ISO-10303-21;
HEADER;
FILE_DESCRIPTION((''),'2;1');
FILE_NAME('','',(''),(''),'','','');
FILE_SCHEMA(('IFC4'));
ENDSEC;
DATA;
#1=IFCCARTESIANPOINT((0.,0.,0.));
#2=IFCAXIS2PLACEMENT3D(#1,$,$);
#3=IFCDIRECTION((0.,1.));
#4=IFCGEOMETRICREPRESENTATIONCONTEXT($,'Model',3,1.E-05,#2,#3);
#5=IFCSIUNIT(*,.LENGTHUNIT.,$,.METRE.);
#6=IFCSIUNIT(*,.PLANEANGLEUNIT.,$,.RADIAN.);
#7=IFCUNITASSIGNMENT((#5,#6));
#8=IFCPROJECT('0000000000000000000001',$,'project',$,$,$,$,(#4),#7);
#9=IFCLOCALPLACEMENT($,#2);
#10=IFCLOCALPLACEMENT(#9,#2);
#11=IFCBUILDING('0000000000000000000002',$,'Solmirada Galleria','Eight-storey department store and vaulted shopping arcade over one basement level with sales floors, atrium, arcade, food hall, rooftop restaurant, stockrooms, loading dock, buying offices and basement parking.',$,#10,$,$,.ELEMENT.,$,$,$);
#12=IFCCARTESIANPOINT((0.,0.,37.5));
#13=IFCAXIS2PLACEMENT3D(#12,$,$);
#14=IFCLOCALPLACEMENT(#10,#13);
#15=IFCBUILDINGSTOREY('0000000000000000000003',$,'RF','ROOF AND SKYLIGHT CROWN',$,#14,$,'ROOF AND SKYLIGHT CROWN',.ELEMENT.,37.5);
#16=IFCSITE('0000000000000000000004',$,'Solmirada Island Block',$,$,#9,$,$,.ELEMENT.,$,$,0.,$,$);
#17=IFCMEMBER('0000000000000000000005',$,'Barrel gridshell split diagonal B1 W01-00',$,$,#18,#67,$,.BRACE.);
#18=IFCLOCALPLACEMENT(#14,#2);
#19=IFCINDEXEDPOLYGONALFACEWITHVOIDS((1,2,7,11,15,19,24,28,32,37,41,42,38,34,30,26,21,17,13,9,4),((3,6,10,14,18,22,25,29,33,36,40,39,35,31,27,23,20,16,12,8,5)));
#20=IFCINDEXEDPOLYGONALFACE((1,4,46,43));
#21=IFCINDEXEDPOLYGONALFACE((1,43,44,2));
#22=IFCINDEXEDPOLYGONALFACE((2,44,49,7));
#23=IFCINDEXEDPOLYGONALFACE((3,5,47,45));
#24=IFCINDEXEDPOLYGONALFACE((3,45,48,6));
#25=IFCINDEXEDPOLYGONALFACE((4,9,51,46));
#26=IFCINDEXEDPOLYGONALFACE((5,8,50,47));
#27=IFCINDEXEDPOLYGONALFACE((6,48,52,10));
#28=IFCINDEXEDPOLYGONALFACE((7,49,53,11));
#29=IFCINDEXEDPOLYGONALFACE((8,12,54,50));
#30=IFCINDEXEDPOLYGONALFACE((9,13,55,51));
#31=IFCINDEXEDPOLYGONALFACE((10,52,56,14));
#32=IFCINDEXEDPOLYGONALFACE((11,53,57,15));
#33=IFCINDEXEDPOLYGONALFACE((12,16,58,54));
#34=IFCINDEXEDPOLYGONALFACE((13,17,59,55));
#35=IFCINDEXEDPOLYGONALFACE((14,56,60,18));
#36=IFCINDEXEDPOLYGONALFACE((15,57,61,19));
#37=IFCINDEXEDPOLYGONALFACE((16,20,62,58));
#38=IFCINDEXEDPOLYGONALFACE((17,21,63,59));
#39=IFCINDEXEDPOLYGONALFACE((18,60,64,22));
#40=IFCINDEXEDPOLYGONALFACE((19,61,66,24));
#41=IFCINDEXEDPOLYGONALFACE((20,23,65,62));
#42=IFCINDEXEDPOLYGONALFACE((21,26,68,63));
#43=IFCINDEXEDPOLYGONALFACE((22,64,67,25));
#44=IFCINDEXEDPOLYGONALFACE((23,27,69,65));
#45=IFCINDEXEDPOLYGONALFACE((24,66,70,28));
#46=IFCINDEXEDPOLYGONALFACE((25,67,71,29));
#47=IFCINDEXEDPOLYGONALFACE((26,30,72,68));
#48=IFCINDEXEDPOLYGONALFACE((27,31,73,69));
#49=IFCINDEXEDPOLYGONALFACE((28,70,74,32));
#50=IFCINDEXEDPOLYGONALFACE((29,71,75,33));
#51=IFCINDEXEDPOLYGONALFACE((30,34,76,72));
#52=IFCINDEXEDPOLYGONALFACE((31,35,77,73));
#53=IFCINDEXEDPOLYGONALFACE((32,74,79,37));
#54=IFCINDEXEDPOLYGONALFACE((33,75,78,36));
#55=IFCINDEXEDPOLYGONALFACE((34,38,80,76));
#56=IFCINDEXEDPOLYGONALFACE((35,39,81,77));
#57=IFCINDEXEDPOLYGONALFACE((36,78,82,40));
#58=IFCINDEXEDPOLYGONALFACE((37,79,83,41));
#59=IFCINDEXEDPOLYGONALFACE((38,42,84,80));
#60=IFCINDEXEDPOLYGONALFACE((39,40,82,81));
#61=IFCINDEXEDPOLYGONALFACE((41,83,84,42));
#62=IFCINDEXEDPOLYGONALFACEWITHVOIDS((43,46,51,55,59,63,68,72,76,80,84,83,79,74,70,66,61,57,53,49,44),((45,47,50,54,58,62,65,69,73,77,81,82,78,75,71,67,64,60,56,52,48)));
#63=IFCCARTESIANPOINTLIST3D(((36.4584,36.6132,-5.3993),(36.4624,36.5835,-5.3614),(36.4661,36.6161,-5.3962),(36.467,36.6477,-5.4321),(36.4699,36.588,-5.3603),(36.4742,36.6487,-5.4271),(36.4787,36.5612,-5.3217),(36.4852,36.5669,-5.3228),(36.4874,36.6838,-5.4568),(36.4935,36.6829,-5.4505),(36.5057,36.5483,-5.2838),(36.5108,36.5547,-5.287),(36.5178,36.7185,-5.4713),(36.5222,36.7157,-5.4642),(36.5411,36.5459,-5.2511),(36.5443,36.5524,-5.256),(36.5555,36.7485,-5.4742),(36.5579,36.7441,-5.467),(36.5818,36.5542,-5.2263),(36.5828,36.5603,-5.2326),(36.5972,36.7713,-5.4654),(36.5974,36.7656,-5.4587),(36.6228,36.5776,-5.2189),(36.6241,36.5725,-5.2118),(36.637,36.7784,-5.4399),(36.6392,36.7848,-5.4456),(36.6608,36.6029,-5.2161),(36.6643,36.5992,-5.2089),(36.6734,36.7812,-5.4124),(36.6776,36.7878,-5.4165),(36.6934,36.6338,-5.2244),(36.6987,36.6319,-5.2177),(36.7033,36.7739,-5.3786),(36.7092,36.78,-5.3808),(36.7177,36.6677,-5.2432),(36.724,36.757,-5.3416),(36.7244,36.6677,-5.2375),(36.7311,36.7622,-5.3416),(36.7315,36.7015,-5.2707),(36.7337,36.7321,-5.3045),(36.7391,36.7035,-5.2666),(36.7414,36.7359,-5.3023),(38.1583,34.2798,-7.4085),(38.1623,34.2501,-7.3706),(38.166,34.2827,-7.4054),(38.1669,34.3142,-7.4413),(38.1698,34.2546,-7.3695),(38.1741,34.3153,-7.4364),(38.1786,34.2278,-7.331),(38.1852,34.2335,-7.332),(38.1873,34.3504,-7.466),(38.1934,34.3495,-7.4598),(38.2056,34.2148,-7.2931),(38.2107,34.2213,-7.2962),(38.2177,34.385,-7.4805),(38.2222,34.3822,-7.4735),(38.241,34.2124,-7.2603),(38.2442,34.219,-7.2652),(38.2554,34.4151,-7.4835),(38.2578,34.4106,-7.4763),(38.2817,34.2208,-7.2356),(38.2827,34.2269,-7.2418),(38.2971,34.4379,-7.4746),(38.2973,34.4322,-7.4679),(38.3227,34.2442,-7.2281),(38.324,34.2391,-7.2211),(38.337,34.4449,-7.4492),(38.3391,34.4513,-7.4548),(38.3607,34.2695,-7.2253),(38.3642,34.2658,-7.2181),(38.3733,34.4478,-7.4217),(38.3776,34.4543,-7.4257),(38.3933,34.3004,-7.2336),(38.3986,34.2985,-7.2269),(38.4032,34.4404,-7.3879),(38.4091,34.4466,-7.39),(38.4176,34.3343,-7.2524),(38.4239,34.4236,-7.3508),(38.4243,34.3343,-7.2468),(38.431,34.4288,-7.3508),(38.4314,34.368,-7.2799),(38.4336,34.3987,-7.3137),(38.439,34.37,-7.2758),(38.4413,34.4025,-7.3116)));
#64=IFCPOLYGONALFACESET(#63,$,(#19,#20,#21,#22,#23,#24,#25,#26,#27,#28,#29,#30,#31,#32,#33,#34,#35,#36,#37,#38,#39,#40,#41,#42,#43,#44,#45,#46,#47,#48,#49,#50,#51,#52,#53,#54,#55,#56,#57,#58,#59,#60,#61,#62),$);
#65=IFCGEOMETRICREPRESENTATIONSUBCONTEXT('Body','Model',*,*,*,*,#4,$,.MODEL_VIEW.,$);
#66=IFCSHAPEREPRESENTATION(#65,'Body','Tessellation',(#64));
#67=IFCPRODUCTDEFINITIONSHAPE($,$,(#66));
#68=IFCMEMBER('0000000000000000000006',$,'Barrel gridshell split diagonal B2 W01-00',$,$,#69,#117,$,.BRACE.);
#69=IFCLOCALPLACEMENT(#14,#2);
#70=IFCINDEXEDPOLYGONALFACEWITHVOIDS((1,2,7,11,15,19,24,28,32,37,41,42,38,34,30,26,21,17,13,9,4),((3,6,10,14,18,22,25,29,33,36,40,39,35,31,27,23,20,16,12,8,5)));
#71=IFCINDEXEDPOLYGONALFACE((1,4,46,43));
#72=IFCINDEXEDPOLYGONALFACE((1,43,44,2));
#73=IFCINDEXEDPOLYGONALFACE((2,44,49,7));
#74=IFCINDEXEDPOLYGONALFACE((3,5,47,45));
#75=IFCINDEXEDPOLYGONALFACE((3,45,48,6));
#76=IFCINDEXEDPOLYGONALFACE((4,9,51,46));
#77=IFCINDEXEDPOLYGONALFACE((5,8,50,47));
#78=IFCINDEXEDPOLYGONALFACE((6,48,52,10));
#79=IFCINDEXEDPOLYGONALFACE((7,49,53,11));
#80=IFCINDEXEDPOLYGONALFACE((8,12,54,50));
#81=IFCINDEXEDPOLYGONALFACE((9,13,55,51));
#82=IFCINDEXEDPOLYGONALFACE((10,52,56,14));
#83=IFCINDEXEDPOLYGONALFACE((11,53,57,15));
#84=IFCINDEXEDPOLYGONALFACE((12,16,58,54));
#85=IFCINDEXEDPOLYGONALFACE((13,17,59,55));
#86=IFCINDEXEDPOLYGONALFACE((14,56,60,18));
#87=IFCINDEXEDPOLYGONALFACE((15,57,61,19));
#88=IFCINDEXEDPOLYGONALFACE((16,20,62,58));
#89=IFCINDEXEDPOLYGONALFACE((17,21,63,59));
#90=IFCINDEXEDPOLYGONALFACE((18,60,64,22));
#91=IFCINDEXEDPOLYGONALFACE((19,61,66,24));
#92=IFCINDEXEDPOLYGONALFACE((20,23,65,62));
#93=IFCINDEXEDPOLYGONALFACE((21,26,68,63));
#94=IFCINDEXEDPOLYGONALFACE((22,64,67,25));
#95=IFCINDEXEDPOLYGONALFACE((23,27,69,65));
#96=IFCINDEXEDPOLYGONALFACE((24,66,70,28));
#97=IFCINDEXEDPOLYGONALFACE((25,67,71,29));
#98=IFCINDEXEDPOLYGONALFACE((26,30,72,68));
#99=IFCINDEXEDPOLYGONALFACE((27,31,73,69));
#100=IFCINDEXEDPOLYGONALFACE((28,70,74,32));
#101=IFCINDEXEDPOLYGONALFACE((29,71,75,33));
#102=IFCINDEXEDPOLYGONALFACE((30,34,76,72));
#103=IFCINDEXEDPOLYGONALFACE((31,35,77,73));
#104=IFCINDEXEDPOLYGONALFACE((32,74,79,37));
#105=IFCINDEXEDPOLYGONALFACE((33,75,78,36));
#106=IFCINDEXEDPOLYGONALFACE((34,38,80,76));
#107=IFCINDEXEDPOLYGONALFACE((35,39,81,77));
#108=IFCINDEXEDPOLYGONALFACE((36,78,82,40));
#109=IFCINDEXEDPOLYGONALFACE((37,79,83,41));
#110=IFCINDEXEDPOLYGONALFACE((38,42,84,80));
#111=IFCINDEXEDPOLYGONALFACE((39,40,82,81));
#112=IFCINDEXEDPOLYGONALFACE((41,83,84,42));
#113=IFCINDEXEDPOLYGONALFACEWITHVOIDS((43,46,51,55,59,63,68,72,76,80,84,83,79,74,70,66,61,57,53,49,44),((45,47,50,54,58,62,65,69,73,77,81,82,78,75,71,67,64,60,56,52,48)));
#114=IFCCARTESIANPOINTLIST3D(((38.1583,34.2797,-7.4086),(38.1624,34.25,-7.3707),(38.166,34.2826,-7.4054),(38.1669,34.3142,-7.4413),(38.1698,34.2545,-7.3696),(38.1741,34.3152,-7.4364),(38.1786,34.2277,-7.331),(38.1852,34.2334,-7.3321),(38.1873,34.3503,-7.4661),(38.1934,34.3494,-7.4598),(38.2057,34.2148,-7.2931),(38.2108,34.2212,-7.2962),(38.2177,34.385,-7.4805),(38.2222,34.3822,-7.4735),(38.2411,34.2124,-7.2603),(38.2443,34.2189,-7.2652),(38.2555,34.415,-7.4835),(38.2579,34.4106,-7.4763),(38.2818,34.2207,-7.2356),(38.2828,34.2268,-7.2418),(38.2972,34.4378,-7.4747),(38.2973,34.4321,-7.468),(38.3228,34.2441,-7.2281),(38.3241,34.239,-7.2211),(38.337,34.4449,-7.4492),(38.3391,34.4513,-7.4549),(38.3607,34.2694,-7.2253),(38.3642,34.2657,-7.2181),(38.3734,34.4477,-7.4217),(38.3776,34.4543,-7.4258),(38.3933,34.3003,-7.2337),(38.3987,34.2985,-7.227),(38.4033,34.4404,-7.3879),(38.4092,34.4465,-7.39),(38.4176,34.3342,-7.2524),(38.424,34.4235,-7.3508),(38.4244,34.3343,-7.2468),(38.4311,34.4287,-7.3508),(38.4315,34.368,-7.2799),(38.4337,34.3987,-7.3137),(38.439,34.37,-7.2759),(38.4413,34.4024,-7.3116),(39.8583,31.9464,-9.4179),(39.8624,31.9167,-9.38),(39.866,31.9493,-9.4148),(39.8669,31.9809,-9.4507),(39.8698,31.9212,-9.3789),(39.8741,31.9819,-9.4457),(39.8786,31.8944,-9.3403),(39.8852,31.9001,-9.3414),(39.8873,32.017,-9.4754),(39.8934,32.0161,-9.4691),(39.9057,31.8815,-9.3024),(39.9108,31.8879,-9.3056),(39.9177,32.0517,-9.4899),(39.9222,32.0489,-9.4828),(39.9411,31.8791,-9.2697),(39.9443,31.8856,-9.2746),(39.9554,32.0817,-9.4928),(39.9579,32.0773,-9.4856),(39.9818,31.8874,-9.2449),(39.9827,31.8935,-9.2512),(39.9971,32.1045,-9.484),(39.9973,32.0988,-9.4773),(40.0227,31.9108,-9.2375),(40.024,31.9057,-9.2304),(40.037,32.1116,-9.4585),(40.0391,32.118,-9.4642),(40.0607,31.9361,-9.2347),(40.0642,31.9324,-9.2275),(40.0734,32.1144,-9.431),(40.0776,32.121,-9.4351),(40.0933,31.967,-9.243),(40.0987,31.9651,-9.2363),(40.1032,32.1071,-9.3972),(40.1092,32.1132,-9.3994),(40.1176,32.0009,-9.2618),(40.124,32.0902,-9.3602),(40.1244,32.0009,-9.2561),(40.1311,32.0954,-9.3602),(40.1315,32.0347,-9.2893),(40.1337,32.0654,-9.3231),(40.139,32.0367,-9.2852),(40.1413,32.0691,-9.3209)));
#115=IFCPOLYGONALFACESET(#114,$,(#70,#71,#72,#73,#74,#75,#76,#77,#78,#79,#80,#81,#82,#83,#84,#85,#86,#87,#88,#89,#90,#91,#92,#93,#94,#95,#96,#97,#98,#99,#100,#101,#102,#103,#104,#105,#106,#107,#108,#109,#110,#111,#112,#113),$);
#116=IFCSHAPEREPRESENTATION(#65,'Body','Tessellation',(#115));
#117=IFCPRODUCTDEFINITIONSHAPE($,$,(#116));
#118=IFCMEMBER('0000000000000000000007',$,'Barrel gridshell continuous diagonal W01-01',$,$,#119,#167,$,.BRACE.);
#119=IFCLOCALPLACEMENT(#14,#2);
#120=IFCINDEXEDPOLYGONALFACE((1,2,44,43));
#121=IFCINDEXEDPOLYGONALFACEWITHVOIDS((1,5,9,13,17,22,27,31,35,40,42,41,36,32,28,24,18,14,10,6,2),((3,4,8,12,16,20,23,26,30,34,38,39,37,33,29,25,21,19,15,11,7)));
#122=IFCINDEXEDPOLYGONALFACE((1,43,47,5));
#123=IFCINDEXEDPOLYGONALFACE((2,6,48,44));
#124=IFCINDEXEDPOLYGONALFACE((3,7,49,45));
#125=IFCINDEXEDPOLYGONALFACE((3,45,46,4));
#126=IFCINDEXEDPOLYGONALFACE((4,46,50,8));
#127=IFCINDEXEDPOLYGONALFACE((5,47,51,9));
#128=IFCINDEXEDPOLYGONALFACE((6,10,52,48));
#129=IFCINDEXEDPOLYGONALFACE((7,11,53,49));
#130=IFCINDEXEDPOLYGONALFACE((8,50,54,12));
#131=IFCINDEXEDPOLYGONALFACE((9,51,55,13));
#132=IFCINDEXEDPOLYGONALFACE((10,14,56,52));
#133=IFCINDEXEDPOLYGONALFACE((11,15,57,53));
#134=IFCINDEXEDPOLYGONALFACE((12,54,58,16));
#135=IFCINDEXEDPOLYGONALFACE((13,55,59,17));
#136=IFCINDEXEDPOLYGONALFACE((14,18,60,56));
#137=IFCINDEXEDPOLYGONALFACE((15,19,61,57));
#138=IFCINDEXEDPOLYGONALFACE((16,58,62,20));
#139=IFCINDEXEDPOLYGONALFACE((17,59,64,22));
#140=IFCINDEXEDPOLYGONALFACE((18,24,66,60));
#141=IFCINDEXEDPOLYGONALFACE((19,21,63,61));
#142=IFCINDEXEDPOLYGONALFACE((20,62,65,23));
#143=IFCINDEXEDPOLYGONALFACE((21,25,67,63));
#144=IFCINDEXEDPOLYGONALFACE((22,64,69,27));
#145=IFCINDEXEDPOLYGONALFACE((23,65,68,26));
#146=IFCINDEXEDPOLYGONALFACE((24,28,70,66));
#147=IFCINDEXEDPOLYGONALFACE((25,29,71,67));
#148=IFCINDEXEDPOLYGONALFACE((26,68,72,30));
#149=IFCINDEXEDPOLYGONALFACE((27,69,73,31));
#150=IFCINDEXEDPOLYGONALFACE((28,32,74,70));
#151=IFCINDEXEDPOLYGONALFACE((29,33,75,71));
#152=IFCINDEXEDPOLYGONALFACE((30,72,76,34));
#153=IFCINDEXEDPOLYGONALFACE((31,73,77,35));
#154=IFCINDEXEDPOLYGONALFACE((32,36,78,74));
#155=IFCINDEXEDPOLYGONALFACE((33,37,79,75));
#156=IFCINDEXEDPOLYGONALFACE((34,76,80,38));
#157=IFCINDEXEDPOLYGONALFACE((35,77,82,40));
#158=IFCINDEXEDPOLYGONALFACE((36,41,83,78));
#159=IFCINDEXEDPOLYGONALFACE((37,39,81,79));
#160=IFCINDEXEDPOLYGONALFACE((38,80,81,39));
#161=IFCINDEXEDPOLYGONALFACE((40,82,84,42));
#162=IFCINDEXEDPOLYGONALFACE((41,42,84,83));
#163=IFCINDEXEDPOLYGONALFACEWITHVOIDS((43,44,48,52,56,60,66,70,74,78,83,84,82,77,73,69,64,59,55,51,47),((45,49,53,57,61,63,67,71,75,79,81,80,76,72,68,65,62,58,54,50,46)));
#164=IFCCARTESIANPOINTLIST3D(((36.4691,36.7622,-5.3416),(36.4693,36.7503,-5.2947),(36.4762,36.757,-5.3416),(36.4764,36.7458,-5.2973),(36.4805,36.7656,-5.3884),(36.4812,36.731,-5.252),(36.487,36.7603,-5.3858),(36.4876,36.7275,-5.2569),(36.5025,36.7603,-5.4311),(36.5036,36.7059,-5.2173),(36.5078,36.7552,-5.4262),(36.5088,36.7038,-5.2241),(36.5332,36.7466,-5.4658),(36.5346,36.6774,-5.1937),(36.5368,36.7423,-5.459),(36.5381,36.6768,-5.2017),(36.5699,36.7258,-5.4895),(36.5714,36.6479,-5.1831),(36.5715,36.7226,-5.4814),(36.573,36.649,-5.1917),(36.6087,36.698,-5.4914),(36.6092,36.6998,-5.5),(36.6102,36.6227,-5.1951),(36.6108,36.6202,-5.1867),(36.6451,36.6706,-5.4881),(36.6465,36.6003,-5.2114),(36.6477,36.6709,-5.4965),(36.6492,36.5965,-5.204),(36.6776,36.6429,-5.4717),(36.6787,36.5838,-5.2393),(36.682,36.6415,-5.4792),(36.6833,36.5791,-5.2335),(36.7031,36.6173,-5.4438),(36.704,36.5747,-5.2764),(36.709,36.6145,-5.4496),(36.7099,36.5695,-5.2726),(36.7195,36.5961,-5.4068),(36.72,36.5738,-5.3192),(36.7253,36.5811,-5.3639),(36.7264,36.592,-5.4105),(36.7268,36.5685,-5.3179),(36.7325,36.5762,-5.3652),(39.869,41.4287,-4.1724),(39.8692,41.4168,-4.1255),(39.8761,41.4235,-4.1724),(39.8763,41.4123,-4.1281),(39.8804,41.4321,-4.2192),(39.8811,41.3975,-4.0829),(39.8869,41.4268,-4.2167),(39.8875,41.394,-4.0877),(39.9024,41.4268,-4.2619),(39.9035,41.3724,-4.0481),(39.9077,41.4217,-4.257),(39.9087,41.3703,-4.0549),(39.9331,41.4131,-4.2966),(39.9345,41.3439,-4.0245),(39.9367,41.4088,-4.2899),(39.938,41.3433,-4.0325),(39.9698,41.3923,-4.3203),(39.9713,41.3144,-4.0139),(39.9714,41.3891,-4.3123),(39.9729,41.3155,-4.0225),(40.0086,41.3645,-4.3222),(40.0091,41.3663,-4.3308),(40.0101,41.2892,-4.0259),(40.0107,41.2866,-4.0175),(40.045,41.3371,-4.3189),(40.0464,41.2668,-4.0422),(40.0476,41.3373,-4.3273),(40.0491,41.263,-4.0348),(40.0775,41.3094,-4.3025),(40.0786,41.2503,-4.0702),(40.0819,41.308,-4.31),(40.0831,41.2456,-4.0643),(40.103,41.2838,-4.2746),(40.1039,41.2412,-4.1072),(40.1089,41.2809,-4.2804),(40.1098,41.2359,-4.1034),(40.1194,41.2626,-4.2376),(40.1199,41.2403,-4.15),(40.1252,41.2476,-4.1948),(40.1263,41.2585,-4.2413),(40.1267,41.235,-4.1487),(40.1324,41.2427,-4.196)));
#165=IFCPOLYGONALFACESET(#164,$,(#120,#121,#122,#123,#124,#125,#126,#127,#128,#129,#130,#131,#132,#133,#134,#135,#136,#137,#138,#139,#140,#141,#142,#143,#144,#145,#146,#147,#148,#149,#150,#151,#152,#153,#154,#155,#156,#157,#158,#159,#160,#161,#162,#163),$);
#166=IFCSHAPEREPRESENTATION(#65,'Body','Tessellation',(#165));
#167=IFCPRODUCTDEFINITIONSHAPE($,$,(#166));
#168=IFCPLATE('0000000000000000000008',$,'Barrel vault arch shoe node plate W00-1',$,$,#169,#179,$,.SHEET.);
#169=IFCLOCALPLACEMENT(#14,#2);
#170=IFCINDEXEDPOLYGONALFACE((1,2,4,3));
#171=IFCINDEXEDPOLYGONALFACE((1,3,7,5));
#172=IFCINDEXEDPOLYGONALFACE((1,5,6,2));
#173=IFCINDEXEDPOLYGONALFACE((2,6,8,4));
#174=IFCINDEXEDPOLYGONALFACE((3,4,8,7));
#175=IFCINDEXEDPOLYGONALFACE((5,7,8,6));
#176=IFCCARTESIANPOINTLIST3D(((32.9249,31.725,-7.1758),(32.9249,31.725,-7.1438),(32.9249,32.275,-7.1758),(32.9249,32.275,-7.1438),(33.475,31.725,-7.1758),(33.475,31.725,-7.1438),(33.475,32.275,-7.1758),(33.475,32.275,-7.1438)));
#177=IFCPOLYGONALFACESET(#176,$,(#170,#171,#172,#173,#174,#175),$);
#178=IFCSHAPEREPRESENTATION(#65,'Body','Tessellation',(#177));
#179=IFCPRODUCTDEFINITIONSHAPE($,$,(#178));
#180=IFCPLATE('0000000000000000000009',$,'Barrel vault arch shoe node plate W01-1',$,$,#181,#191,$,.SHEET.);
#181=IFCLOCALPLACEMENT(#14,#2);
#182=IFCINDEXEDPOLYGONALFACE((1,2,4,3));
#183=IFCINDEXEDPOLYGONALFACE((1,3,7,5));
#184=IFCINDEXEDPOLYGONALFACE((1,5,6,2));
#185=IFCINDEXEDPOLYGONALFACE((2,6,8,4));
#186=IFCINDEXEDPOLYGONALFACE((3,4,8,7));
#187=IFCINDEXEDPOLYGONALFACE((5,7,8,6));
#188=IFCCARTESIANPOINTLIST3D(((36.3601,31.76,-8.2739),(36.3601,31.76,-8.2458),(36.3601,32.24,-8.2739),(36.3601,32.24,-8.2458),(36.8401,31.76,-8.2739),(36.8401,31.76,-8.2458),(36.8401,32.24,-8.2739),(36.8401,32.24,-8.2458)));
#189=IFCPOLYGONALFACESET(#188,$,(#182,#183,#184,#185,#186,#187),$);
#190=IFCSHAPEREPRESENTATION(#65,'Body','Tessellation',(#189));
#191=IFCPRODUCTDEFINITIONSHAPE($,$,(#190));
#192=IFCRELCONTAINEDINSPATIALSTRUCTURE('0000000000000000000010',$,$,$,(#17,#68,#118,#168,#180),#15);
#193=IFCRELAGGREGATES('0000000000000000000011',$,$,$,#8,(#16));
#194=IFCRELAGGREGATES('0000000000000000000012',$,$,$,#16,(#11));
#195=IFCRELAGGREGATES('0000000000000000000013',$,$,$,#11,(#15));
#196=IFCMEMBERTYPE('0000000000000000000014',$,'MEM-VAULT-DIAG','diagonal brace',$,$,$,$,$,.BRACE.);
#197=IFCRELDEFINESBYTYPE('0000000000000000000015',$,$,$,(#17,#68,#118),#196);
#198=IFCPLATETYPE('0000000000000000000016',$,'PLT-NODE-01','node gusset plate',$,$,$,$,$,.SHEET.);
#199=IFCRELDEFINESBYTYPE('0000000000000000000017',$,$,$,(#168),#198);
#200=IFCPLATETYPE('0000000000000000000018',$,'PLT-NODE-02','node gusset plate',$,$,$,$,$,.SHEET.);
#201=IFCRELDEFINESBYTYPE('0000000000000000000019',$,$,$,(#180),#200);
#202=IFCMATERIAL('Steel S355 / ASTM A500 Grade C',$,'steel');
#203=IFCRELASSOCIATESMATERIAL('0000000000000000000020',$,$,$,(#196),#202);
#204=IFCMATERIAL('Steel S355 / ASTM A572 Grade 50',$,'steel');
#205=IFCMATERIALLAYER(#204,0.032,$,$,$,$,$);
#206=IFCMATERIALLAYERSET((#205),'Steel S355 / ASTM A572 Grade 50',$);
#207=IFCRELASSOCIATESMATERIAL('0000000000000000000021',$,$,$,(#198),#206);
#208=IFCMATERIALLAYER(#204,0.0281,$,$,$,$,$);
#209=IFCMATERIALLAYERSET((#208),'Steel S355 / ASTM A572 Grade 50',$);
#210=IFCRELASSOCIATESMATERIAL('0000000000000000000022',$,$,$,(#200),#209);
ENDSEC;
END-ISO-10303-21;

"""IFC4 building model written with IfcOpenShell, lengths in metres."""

from ifc_helpers import new_model, si_unit, direction, frame, origin, origin_2d, place, context, subcontext, project, spatial, rectangle, hollow_circle, extrude, material, layer, layer_set, material_profile, profile_set, type_object, element, save


model = new_model("IFC4")

# Units and contexts
model_context = context("Model", 3, precision=1e-05, world=origin(), true_north=direction((0.0, 1.0)))
body_context = subcontext(model_context, "Body", "Model", "MODEL_VIEW")
ifc_project = project(units=[si_unit("LENGTHUNIT", "METRE"), si_unit("PLANEANGLEUNIT", "RADIAN")], contexts=[model_context])

# Site, building, storey
site_placement = place(None, origin())
site = spatial("IfcSite", under=ifc_project, at=site_placement, Name="Solmirada Island Block", CompositionType="ELEMENT", RefElevation=0.0)
building_placement = place(site_placement, origin())
building = spatial("IfcBuilding", under=site, at=building_placement, Name="Solmirada Galleria", Description="Eight-storey department store and vaulted shopping arcade over one basement level with sales floors, atrium, arcade, food hall, rooftop restaurant, stockrooms, loading dock, buying offices and basement parking.", CompositionType="ELEMENT")
storey_placement = place(building_placement, frame((0.0, 0.0, 37.5)))
storey = spatial("IfcBuildingStorey", under=building, at=storey_placement, Name="RF", Description="ROOF AND SKYLIGHT CROWN", LongName="ROOF AND SKYLIGHT CROWN", CompositionType="ELEMENT", Elevation=37.5)

# Members
ifc_material_1 = material(Name="Steel S355 / ASTM A500 Grade C", Category="steel")
ifc_material_profile_1 = material_profile(ifc_material_1, hollow_circle(Radius=0.1621, WallThickness=0.0088, at=origin_2d()), Name="HSS12.750X0.375")
ifc_profile_set_1 = profile_set([ifc_material_profile_1], Name="Steel S355 / ASTM A500 Grade C")
member_type_1 = type_object("IfcMemberType", Name="MEM-VAULT-DIAG", Description="diagonal brace", PredefinedType="BRACE", material=ifc_profile_set_1)
for number, where, z_axis, x_axis, name in (
    (1, (36.6001, 36.6667, -5.3416), (0.483295, -0.663412, -0.571236), (0.808264, 0.58882, 0.0), "Barrel gridshell split diagonal B1 W01-00"),
    (2, (38.3, 34.3333, -7.3508), (0.483317, -0.663373, -0.571263), (0.808235, 0.58886, 0.0), "Barrel gridshell split diagonal B2 W01-00"),
):
    element("IfcMember", number, at=place(storey_placement, frame(where, z_axis=z_axis, x_axis=x_axis)), inside=storey, type_object=member_type_1, Name=name, PredefinedType="BRACE", context=body_context, shape_type="SweptSolid", body=[
        extrude(hollow_circle(Radius=0.1621, WallThickness=0.0088, at=origin_2d()), origin(), (0.0, 0.0, 1.0), 3.5173),
    ])
member_1_placement = place(storey_placement, frame((36.6001, 36.6667, -5.3416), z_axis=(0.577146, 0.792156, 0.198474), x_axis=(-0.808235, 0.58886, 0.0)))
element("IfcMember", 3, at=member_1_placement, inside=storey, type_object=member_type_1, Name="Barrel gridshell continuous diagonal W01-01", PredefinedType="BRACE", context=body_context, shape_type="SweptSolid", body=[
    extrude(hollow_circle(Radius=0.1621, WallThickness=0.0088, at=origin_2d()), origin(), (0.0, 0.0, 1.0), 5.8909),
])

# Plates
ifc_material_2 = material(Name="Steel S355 / ASTM A572 Grade 50", Category="steel")
ifc_layer_1 = layer(ifc_material_2, 0.032)
ifc_layer_set_1 = layer_set([ifc_layer_1], Name="Steel S355 / ASTM A572 Grade 50")
plate_type_1 = type_object("IfcPlateType", Name="PLT-NODE-01", Description="node gusset plate", PredefinedType="SHEET", material=ifc_layer_set_1)
plate_1_placement = place(storey_placement, frame((33.2, 32.0, -7.1758), z_axis=(0.0, 0.0, 1.0), x_axis=(1.0, 0.0, 0.0)))
element("IfcPlate", 4, at=plate_1_placement, inside=storey, type_object=plate_type_1, Name="Barrel vault arch shoe node plate W00-1", PredefinedType="SHEET", context=body_context, shape_type="SweptSolid", body=[
    extrude(rectangle(XDim=0.55, YDim=0.55, at=origin_2d()), origin(), (0.0, 0.0, 1.0), 0.032),
])
ifc_layer_2 = layer(ifc_material_2, 0.0281)
ifc_layer_set_2 = layer_set([ifc_layer_2], Name="Steel S355 / ASTM A572 Grade 50")
plate_type_2 = type_object("IfcPlateType", Name="PLT-NODE-02", Description="node gusset plate", PredefinedType="SHEET", material=ifc_layer_set_2)
plate_2_placement = place(storey_placement, frame((36.6001, 32.0, -8.2739), z_axis=(0.0, 0.0, 1.0), x_axis=(1.0, 0.0, 0.0)))
element("IfcPlate", 5, at=plate_2_placement, inside=storey, type_object=plate_type_2, Name="Barrel vault arch shoe node plate W01-1", PredefinedType="SHEET", context=body_context, shape_type="SweptSolid", body=[
    extrude(rectangle(XDim=0.48, YDim=0.48, at=origin_2d()), origin(), (0.0, 0.0, 1.0), 0.0281),
])

save(model, "model.ifc")
